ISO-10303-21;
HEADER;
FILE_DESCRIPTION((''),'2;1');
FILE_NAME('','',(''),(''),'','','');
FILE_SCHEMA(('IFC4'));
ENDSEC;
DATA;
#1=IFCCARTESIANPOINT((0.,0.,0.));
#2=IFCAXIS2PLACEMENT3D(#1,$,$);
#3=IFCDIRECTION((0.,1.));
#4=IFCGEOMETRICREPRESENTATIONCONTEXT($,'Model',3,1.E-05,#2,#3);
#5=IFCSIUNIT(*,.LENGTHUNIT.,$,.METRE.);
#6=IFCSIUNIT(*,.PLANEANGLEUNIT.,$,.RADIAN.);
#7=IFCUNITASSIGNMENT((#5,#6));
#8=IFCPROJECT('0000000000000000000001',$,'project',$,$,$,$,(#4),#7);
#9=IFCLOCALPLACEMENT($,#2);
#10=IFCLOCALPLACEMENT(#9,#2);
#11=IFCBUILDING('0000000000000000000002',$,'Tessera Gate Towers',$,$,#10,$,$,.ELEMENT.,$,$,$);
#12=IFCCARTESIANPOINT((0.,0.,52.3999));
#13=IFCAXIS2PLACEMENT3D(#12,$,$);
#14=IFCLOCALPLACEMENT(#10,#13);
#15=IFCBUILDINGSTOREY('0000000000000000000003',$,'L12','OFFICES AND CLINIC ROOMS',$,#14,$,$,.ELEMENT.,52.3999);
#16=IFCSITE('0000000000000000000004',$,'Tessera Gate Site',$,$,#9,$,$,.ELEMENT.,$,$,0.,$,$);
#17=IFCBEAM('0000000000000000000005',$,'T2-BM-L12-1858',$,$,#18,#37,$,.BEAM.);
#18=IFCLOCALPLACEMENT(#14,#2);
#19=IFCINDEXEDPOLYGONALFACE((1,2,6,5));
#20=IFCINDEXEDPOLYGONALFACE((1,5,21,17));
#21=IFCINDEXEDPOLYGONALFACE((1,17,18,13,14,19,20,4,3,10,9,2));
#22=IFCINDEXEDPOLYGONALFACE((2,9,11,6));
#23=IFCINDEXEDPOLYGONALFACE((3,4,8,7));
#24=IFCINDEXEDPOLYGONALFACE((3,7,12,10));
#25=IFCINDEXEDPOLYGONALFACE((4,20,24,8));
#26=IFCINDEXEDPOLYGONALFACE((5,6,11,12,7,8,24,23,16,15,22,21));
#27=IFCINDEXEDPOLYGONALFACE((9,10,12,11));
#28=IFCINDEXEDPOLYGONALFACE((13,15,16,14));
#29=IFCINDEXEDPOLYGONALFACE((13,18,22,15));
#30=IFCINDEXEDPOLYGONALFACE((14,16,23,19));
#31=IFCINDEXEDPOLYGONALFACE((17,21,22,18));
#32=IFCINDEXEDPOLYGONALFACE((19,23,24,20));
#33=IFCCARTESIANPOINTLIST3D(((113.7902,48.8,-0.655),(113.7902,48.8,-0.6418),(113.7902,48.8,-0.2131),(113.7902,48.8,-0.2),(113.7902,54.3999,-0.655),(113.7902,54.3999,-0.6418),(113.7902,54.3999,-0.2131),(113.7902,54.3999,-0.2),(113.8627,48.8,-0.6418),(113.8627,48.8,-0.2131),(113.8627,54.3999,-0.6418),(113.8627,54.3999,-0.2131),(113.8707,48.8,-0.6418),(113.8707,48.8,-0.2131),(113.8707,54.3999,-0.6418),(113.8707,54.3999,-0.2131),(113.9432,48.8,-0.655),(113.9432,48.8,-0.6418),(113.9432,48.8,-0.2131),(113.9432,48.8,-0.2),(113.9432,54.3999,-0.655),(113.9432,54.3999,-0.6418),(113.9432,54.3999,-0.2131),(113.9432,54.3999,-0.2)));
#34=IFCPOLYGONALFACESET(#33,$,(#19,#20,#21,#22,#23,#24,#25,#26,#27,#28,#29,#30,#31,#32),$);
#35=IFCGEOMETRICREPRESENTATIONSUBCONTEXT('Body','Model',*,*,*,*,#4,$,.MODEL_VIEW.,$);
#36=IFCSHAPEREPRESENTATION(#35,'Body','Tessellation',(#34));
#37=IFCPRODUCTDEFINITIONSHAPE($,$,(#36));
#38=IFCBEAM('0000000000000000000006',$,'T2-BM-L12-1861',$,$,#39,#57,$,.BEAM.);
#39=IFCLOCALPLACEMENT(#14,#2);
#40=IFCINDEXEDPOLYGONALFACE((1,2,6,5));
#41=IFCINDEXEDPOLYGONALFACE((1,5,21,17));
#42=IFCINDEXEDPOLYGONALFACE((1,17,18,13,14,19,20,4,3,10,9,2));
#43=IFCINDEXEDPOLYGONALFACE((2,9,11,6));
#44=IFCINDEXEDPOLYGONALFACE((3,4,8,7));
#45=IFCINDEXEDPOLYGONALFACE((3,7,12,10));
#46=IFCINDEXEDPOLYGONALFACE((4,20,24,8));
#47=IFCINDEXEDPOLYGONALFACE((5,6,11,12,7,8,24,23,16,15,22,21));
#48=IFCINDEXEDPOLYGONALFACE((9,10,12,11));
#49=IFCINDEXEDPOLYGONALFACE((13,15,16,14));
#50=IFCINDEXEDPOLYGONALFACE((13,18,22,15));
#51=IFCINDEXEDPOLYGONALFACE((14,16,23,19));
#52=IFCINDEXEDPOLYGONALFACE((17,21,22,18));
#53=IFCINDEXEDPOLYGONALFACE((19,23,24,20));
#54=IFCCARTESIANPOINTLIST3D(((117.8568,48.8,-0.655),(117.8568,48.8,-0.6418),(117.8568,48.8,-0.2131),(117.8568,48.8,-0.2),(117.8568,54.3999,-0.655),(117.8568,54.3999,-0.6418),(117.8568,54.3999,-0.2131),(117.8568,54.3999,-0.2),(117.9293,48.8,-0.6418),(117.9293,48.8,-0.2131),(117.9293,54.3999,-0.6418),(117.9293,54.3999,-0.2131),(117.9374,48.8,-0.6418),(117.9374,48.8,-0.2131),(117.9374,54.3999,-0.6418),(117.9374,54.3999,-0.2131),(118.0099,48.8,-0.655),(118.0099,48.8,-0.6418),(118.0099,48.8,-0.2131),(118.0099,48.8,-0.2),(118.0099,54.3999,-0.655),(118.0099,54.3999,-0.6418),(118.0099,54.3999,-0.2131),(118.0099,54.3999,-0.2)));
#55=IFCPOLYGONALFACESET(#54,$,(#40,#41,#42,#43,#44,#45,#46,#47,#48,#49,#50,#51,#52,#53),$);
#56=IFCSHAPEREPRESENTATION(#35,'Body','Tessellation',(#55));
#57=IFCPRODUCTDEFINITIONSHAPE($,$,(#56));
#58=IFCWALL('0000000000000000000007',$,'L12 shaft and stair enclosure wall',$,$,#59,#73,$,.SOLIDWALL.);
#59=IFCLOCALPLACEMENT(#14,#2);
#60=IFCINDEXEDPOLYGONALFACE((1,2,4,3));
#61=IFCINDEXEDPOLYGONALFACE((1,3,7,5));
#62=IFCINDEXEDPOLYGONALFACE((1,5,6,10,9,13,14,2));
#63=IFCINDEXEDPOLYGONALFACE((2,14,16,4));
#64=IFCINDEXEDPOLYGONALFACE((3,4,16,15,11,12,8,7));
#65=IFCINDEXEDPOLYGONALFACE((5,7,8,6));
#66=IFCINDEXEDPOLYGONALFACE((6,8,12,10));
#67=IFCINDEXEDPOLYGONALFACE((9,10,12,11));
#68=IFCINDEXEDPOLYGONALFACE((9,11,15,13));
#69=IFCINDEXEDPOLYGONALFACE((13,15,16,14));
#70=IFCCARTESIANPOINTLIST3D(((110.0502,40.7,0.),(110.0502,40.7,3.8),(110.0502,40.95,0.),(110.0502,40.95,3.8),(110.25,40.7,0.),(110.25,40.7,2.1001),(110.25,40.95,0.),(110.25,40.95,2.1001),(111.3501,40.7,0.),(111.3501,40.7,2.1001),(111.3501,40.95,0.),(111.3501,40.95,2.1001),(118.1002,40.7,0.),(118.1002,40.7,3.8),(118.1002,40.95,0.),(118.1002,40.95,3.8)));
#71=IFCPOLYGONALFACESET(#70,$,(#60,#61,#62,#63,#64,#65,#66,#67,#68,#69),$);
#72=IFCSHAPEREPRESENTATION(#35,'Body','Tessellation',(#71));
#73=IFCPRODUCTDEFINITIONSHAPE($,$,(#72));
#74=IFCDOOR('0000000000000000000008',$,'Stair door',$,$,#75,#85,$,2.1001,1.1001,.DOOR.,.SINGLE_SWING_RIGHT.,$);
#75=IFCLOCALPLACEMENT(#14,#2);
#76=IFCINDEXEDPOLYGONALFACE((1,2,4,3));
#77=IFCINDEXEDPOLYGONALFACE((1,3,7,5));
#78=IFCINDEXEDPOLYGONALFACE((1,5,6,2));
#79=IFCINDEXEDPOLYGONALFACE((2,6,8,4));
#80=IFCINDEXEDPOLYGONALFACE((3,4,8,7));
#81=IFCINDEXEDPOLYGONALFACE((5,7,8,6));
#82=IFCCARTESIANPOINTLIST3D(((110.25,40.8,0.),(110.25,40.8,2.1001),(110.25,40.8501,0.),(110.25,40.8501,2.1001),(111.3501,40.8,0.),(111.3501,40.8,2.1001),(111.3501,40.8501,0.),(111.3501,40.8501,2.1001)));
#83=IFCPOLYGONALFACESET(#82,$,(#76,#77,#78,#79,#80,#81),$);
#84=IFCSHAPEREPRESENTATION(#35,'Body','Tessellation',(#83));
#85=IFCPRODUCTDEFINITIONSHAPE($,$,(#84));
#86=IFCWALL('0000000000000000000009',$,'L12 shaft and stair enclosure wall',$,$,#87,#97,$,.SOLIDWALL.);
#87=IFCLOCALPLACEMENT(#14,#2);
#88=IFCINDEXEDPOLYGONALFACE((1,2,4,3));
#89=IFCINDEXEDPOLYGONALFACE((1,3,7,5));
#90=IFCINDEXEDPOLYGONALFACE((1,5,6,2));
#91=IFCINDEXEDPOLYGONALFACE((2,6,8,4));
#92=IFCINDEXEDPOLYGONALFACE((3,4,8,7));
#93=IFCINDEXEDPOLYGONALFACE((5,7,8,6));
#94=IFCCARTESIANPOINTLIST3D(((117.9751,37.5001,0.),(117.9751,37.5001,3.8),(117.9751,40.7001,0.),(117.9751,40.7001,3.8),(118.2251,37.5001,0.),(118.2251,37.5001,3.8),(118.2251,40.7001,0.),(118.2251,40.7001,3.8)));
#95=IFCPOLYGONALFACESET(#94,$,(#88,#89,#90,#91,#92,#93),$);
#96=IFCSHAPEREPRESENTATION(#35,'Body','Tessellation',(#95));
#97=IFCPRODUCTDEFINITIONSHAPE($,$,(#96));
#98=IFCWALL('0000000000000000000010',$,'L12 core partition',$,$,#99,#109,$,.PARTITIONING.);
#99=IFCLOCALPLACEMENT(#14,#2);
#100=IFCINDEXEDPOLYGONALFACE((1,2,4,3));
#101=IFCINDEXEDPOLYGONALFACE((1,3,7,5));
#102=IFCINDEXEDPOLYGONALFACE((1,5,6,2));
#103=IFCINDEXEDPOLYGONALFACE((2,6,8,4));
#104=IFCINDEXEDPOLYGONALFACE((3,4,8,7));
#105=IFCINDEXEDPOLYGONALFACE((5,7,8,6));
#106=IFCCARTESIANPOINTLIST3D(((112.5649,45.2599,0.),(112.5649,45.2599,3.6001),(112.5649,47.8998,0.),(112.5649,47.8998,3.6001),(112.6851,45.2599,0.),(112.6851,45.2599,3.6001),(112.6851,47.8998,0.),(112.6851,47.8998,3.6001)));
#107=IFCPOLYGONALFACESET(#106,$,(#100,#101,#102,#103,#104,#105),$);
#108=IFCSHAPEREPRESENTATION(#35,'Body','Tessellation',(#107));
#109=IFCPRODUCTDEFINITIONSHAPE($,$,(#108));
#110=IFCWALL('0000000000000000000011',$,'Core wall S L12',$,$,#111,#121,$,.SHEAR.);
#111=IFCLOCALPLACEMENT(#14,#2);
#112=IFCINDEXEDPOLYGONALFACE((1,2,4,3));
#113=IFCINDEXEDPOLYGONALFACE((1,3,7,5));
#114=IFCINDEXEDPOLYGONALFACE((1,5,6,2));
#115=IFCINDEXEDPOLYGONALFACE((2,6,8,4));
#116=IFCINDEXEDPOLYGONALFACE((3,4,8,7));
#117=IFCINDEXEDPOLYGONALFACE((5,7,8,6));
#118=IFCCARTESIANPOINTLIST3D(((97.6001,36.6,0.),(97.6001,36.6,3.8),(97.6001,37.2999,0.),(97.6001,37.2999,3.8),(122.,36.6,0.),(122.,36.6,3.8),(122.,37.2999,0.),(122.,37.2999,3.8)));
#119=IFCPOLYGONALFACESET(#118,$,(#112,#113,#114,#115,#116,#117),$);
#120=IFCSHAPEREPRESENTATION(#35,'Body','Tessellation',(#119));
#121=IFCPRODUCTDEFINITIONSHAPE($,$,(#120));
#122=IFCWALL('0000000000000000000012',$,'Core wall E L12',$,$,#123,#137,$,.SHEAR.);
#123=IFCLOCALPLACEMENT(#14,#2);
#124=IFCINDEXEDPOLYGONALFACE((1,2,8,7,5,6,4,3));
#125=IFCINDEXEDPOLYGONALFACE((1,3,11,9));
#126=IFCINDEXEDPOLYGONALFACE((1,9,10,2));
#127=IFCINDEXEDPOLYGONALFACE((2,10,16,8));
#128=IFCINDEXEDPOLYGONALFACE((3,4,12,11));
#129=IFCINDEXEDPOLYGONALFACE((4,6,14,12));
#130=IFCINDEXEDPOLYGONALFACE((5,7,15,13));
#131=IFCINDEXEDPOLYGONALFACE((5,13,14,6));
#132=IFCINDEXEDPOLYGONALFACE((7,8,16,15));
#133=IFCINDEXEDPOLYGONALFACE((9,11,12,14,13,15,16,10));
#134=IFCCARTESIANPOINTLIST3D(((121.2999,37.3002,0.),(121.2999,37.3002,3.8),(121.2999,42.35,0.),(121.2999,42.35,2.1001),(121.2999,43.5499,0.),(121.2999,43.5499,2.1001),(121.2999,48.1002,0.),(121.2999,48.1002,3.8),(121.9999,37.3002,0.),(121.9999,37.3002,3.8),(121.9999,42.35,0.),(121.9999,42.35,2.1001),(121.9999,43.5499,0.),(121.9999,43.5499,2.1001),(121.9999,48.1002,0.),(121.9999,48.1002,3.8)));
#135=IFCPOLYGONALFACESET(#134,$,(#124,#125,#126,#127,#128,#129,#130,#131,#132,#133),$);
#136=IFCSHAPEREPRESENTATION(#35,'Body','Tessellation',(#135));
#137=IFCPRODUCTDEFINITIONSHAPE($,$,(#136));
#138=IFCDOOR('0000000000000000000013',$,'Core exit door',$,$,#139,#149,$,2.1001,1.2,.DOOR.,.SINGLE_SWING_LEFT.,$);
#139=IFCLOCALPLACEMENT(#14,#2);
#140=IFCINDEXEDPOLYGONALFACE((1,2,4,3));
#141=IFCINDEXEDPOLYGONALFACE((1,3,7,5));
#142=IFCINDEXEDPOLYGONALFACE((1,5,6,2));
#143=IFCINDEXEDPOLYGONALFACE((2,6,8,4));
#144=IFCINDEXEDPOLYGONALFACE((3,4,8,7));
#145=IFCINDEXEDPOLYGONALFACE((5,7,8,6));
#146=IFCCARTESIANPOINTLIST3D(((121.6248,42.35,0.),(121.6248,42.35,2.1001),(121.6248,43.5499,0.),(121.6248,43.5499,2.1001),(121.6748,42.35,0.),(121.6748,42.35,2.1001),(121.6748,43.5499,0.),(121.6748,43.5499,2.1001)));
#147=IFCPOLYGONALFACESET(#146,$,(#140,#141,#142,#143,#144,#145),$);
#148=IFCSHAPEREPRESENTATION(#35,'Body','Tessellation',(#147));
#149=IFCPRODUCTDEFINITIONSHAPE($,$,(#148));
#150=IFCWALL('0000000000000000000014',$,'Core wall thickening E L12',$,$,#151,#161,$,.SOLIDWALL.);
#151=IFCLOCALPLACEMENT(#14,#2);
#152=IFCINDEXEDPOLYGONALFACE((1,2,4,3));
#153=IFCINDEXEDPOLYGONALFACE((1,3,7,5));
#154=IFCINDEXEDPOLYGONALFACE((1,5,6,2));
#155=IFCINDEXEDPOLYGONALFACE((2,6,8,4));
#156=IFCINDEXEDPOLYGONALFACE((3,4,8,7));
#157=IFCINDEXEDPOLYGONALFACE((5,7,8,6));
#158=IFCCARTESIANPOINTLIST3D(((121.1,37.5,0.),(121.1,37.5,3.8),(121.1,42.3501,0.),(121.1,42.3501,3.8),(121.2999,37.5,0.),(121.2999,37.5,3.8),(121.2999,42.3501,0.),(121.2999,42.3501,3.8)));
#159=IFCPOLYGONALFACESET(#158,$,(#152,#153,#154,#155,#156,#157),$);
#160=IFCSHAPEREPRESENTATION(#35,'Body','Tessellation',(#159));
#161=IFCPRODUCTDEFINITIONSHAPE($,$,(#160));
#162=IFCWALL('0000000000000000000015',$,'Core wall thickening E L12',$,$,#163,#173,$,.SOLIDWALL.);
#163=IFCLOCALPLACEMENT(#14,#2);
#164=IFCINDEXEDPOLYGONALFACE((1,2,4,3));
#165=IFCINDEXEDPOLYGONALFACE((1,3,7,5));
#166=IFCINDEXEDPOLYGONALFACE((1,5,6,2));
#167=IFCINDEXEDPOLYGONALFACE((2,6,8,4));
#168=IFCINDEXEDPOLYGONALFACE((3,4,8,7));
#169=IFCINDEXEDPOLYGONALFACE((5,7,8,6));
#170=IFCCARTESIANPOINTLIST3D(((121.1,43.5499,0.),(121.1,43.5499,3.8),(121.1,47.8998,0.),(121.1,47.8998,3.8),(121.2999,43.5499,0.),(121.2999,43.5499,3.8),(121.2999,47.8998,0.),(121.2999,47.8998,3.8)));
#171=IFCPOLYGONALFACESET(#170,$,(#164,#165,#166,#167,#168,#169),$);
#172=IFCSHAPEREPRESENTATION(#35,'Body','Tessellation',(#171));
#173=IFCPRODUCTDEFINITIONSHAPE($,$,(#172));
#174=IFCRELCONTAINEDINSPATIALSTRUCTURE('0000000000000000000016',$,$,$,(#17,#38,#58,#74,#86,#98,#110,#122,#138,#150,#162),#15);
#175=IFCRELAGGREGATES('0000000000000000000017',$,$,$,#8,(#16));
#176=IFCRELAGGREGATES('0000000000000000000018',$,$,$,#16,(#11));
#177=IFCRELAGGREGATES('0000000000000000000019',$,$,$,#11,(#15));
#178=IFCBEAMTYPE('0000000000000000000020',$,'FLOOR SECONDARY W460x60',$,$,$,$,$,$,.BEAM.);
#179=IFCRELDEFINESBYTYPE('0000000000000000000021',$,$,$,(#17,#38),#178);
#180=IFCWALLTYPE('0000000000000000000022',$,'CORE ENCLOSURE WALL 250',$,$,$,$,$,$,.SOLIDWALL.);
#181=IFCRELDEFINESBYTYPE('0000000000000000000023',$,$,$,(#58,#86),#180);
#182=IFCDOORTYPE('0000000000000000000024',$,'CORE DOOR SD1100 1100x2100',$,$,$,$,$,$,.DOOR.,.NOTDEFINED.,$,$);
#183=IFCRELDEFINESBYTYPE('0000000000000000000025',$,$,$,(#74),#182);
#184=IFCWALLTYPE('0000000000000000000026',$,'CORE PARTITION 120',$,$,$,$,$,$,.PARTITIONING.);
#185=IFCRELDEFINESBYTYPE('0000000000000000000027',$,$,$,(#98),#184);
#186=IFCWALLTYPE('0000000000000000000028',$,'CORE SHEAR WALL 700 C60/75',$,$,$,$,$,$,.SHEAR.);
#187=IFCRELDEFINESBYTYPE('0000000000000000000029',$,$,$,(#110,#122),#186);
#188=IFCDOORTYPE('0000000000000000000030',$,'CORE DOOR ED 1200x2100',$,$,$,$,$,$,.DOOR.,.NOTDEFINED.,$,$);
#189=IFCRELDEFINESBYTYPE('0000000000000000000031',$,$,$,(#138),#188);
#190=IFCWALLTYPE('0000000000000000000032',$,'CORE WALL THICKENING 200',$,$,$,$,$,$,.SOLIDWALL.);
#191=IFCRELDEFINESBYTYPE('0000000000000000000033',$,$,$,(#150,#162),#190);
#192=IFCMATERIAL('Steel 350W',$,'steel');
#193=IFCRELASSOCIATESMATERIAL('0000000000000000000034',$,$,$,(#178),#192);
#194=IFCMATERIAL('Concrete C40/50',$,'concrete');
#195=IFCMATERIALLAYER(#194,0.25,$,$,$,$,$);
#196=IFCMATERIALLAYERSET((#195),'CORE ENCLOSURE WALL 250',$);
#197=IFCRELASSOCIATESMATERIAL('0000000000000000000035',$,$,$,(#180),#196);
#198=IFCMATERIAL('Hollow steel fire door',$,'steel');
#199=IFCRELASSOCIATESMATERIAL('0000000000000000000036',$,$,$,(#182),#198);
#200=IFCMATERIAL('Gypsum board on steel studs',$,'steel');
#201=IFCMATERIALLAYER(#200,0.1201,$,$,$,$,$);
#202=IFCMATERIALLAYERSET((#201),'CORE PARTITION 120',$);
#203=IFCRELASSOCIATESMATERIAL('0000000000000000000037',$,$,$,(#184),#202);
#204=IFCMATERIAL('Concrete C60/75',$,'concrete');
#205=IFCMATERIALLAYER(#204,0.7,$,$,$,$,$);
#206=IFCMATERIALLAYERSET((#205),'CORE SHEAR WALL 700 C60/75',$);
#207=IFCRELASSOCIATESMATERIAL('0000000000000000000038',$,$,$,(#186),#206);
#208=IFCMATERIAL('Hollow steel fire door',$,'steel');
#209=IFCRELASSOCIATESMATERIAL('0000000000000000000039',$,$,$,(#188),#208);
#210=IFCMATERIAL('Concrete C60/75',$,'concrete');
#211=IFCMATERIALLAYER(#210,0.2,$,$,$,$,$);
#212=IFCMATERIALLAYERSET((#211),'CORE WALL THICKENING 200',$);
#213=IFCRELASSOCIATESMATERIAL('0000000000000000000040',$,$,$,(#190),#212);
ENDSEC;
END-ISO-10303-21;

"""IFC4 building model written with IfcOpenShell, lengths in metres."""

from ifc_helpers import new_model, si_unit, direction, frame, frame_2d, origin, origin_2d, place, context, subcontext, project, spatial, rectangle, i_section, extrude, source, transform, mapped, material, layer, layer_set, material_profile, profile_set, type_object, element, fill, save


model = new_model("IFC4")

# Units and contexts
model_context = context("Model", 3, precision=1e-05, world=origin(), true_north=direction((0.0, 1.0)))
body_context = subcontext(model_context, "Body", "Model", "MODEL_VIEW")
ifc_project = project(units=[si_unit("LENGTHUNIT", "METRE"), si_unit("PLANEANGLEUNIT", "RADIAN")], contexts=[model_context])

# Site, building, storey
site_placement = place(None, origin())
site = spatial("IfcSite", under=ifc_project, at=site_placement, Name="Tessera Gate Site", CompositionType="ELEMENT", RefElevation=0.0)
building_placement = place(site_placement, origin())
building = spatial("IfcBuilding", under=site, at=building_placement, Name="Tessera Gate Towers", CompositionType="ELEMENT")
storey_placement = place(building_placement, frame((0.0, 0.0, 52.3999)))
storey = spatial("IfcBuildingStorey", under=building, at=storey_placement, Name="L12", Description="OFFICES AND CLINIC ROOMS", CompositionType="ELEMENT", Elevation=52.3999)

# Beams
ifc_material_1 = material(Name="Steel 350W", Category="steel")
ifc_material_profile = material_profile(ifc_material_1, i_section(OverallWidth=0.1531, OverallDepth=0.4551, WebThickness=0.0081, FlangeThickness=0.0132, at=origin_2d()), Name="W460x60")
ifc_profile_set = profile_set([ifc_material_profile], Name="Steel 350W")
beam_type = type_object("IfcBeamType", Name="FLOOR SECONDARY W460x60", PredefinedType="BEAM", material=ifc_profile_set)
for number, where, z_axis, x_axis, name in (
    (1, (113.8667, 48.8, -0.4275), (0.0, 1.0, 0.0), (-1.0, 0.0, 0.0), "T2-BM-L12-1858"),
    (2, (117.9333, 48.8, -0.4275), (0.0, 1.0, 0.0), (-1.0, 0.0, 0.0), "T2-BM-L12-1861"),
):
    element("IfcBeam", number, at=place(storey_placement, frame(where, z_axis=z_axis, x_axis=x_axis)), inside=storey, type_object=beam_type, Name=name, PredefinedType="BEAM", context=body_context, shape_type="SweptSolid", body=[
        extrude(i_section(OverallWidth=0.1531, OverallDepth=0.4551, WebThickness=0.0081, FlangeThickness=0.0132, at=origin_2d()), origin(), (0.0, 0.0, 1.0), 5.5999),
    ])

# Wall, opening, door
ifc_material_2 = material(Name="Concrete C40/50", Category="concrete")
ifc_layer_1 = layer(ifc_material_2, 0.25)
ifc_layer_set_1 = layer_set([ifc_layer_1], Name="CORE ENCLOSURE WALL 250")
wall_type_1 = type_object("IfcWallType", Name="CORE ENCLOSURE WALL 250", PredefinedType="SOLIDWALL", material=ifc_layer_set_1)
wall_1_placement = place(storey_placement, frame((118.1001, 40.825, 0.0), z_axis=(0.0, 0.0, 1.0), x_axis=(-1.0, 0.0, 0.0)))
wall_1 = element("IfcWall", 3, at=wall_1_placement, inside=storey, type_object=wall_type_1, Name="L12 shaft and stair enclosure wall", PredefinedType="SOLIDWALL", context=body_context, shape_type="SweptSolid", body=[
    extrude(rectangle(XDim=8.05, YDim=0.25, at=frame_2d((4.0249, 0.0))), origin(), (0.0, 0.0, 1.0), 3.8),
])
shared_shape_1 = source(origin(), body_context, "Body", "SweptSolid", [
    extrude(rectangle(XDim=1.1001, YDim=2.1001, at=frame_2d((0.55, 1.05))), frame((0.0, 0.135, 0.0), z_axis=(0.0, -1.0, 0.0), x_axis=(1.0, 0.0, 0.0)), (0.0, 0.0, 1.0), 0.27),
])
opening_1_placement = place(wall_1_placement, frame((6.75, 0.0, 0.0)))
opening_1 = element("IfcOpeningElement", 4, at=opening_1_placement, cuts=wall_1, PredefinedType="OPENING", context=body_context, shape_type="MappedRepresentation", body=[
    mapped(shared_shape_1, transform((0.0, 0.0, 0.0), scale=1.0)),
])
ifc_material_3 = material(Name="Hollow steel fire door", Category="steel")
door_type_1 = type_object("IfcDoorType", Name="CORE DOOR SD1100 1100x2100", OperationType="NOTDEFINED", PredefinedType="DOOR", material=ifc_material_3)
shared_shape_2 = source(origin(), body_context, "Body", "SweptSolid", [
    extrude(rectangle(XDim=1.1001, YDim=2.1001, at=frame_2d((0.55, 1.05))), frame((0.0, 0.0249, 0.0), z_axis=(0.0, -1.0, 0.0), x_axis=(1.0, 0.0, 0.0)), (0.0, 0.0, 1.0), 0.05),
])
door_1_placement = place(opening_1_placement, origin())
door_1 = element("IfcDoor", 5, at=door_1_placement, inside=storey, type_object=door_type_1, Name="Stair door", OperationType="SINGLE_SWING_RIGHT", OverallHeight=2.1001, OverallWidth=1.1001, PredefinedType="DOOR", context=body_context, shape_type="MappedRepresentation", body=[
    mapped(shared_shape_2, transform((0.0, 0.0, 0.0), scale=1.0)),
])
fill(opening_1, door_1)

# Walls
wall_2_placement = place(storey_placement, frame((118.1001, 37.5, 0.0), z_axis=(0.0, 0.0, 1.0), x_axis=(0.0, 1.0, 0.0)))
element("IfcWall", 6, at=wall_2_placement, inside=storey, type_object=wall_type_1, Name="L12 shaft and stair enclosure wall", PredefinedType="SOLIDWALL", context=body_context, shape_type="SweptSolid", body=[
    extrude(rectangle(XDim=3.2, YDim=0.25, at=frame_2d((1.6001, 0.0))), origin(), (0.0, 0.0, 1.0), 3.8),
])
ifc_material_4 = material(Name="Gypsum board on steel studs", Category="steel")
ifc_layer_2 = layer(ifc_material_4, 0.1201)
ifc_layer_set_2 = layer_set([ifc_layer_2], Name="CORE PARTITION 120")
wall_type_2 = type_object("IfcWallType", Name="CORE PARTITION 120", PredefinedType="PARTITIONING", material=ifc_layer_set_2)
wall_3_placement = place(storey_placement, frame((112.625, 45.26, 0.0), z_axis=(0.0, 0.0, 1.0), x_axis=(0.0, 1.0, 0.0)))
element("IfcWall", 7, at=wall_3_placement, inside=storey, type_object=wall_type_2, Name="L12 core partition", PredefinedType="PARTITIONING", context=body_context, shape_type="SweptSolid", body=[
    extrude(rectangle(XDim=2.6399, YDim=0.1201, at=frame_2d((1.3198, 0.0))), origin(), (0.0, 0.0, 1.0), 3.6001),
])
ifc_material_5 = material(Name="Concrete C60/75", Category="concrete")
ifc_layer_3 = layer(ifc_material_5, 0.7)
ifc_layer_set_3 = layer_set([ifc_layer_3], Name="CORE SHEAR WALL 700 C60/75")
wall_type_3 = type_object("IfcWallType", Name="CORE SHEAR WALL 700 C60/75", PredefinedType="SHEAR", material=ifc_layer_set_3)
wall_4_placement = place(storey_placement, frame((122.0, 36.95, 0.0), z_axis=(0.0, 0.0, 1.0), x_axis=(-1.0, 0.0, 0.0)))
element("IfcWall", 8, at=wall_4_placement, inside=storey, type_object=wall_type_3, Name="Core wall S L12", PredefinedType="SHEAR", context=body_context, shape_type="SweptSolid", body=[
    extrude(rectangle(XDim=24.3999, YDim=0.7, at=frame_2d((12.2, 0.0))), origin(), (0.0, 0.0, 1.0), 3.8),
])

# Wall, opening, door
wall_5_placement = place(storey_placement, frame((121.6499, 48.1001, 0.0), z_axis=(0.0, 0.0, 1.0), x_axis=(0.0, -1.0, 0.0)))
wall_5 = element("IfcWall", 9, at=wall_5_placement, inside=storey, type_object=wall_type_3, Name="Core wall E L12", PredefinedType="SHEAR", context=body_context, shape_type="SweptSolid", body=[
    extrude(rectangle(XDim=10.8, YDim=0.7, at=frame_2d((5.3999, 0.0))), origin(), (0.0, 0.0, 1.0), 3.8),
])
shared_shape_3 = source(origin(), body_context, "Body", "SweptSolid", [
    extrude(rectangle(XDim=1.2, YDim=2.1001, at=frame_2d((0.6001, 1.05))), frame((0.0, 0.3599, 0.0), z_axis=(0.0, -1.0, 0.0), x_axis=(1.0, 0.0, 0.0)), (0.0, 0.0, 1.0), 0.72),
])
opening_2_placement = place(wall_5_placement, frame((4.55, 0.0, 0.0)))
opening_2 = element("IfcOpeningElement", 10, at=opening_2_placement, cuts=wall_5, PredefinedType="OPENING", context=body_context, shape_type="MappedRepresentation", body=[
    mapped(shared_shape_3, transform((0.0, 0.0, 0.0), scale=1.0)),
])
ifc_material_6 = material(Name="Hollow steel fire door", Category="steel")
door_type_2 = type_object("IfcDoorType", Name="CORE DOOR ED 1200x2100", OperationType="NOTDEFINED", PredefinedType="DOOR", material=ifc_material_6)
shared_shape_4 = source(origin(), body_context, "Body", "SweptSolid", [
    extrude(rectangle(XDim=1.2, YDim=2.1001, at=frame_2d((0.6001, 1.05))), frame((0.0, 0.0249, 0.0), z_axis=(0.0, -1.0, 0.0), x_axis=(1.0, 0.0, 0.0)), (0.0, 0.0, 1.0), 0.05),
])
door_2_placement = place(opening_2_placement, origin())
door_2 = element("IfcDoor", 11, at=door_2_placement, inside=storey, type_object=door_type_2, Name="Core exit door", OperationType="SINGLE_SWING_LEFT", OverallHeight=2.1001, OverallWidth=1.2, PredefinedType="DOOR", context=body_context, shape_type="MappedRepresentation", body=[
    mapped(shared_shape_4, transform((0.0, 0.0, 0.0), scale=1.0)),
])
fill(opening_2, door_2)

# Walls
ifc_material_7 = material(Name="Concrete C60/75", Category="concrete")
ifc_layer_4 = layer(ifc_material_7, 0.2)
ifc_layer_set_4 = layer_set([ifc_layer_4], Name="CORE WALL THICKENING 200")
wall_type_4 = type_object("IfcWallType", Name="CORE WALL THICKENING 200", PredefinedType="SOLIDWALL", material=ifc_layer_set_4)
wall_6_placement = place(storey_placement, frame((121.2, 37.5, 0.0), z_axis=(0.0, 0.0, 1.0), x_axis=(0.0, 1.0, 0.0)))
element("IfcWall", 12, at=wall_6_placement, inside=storey, type_object=wall_type_4, Name="Core wall thickening E L12", PredefinedType="SOLIDWALL", context=body_context, shape_type="SweptSolid", body=[
    extrude(rectangle(XDim=4.8501, YDim=0.2, at=frame_2d((2.425, 0.0))), origin(), (0.0, 0.0, 1.0), 3.8),
])
wall_7_placement = place(storey_placement, frame((121.2, 43.55, 0.0), z_axis=(0.0, 0.0, 1.0), x_axis=(0.0, 1.0, 0.0)))
element("IfcWall", 13, at=wall_7_placement, inside=storey, type_object=wall_type_4, Name="Core wall thickening E L12", PredefinedType="SOLIDWALL", context=body_context, shape_type="SweptSolid", body=[
    extrude(rectangle(XDim=4.3499, YDim=0.2, at=frame_2d((2.1748, 0.0))), origin(), (0.0, 0.0, 1.0), 3.8),
])

save(model, "model.ifc")
